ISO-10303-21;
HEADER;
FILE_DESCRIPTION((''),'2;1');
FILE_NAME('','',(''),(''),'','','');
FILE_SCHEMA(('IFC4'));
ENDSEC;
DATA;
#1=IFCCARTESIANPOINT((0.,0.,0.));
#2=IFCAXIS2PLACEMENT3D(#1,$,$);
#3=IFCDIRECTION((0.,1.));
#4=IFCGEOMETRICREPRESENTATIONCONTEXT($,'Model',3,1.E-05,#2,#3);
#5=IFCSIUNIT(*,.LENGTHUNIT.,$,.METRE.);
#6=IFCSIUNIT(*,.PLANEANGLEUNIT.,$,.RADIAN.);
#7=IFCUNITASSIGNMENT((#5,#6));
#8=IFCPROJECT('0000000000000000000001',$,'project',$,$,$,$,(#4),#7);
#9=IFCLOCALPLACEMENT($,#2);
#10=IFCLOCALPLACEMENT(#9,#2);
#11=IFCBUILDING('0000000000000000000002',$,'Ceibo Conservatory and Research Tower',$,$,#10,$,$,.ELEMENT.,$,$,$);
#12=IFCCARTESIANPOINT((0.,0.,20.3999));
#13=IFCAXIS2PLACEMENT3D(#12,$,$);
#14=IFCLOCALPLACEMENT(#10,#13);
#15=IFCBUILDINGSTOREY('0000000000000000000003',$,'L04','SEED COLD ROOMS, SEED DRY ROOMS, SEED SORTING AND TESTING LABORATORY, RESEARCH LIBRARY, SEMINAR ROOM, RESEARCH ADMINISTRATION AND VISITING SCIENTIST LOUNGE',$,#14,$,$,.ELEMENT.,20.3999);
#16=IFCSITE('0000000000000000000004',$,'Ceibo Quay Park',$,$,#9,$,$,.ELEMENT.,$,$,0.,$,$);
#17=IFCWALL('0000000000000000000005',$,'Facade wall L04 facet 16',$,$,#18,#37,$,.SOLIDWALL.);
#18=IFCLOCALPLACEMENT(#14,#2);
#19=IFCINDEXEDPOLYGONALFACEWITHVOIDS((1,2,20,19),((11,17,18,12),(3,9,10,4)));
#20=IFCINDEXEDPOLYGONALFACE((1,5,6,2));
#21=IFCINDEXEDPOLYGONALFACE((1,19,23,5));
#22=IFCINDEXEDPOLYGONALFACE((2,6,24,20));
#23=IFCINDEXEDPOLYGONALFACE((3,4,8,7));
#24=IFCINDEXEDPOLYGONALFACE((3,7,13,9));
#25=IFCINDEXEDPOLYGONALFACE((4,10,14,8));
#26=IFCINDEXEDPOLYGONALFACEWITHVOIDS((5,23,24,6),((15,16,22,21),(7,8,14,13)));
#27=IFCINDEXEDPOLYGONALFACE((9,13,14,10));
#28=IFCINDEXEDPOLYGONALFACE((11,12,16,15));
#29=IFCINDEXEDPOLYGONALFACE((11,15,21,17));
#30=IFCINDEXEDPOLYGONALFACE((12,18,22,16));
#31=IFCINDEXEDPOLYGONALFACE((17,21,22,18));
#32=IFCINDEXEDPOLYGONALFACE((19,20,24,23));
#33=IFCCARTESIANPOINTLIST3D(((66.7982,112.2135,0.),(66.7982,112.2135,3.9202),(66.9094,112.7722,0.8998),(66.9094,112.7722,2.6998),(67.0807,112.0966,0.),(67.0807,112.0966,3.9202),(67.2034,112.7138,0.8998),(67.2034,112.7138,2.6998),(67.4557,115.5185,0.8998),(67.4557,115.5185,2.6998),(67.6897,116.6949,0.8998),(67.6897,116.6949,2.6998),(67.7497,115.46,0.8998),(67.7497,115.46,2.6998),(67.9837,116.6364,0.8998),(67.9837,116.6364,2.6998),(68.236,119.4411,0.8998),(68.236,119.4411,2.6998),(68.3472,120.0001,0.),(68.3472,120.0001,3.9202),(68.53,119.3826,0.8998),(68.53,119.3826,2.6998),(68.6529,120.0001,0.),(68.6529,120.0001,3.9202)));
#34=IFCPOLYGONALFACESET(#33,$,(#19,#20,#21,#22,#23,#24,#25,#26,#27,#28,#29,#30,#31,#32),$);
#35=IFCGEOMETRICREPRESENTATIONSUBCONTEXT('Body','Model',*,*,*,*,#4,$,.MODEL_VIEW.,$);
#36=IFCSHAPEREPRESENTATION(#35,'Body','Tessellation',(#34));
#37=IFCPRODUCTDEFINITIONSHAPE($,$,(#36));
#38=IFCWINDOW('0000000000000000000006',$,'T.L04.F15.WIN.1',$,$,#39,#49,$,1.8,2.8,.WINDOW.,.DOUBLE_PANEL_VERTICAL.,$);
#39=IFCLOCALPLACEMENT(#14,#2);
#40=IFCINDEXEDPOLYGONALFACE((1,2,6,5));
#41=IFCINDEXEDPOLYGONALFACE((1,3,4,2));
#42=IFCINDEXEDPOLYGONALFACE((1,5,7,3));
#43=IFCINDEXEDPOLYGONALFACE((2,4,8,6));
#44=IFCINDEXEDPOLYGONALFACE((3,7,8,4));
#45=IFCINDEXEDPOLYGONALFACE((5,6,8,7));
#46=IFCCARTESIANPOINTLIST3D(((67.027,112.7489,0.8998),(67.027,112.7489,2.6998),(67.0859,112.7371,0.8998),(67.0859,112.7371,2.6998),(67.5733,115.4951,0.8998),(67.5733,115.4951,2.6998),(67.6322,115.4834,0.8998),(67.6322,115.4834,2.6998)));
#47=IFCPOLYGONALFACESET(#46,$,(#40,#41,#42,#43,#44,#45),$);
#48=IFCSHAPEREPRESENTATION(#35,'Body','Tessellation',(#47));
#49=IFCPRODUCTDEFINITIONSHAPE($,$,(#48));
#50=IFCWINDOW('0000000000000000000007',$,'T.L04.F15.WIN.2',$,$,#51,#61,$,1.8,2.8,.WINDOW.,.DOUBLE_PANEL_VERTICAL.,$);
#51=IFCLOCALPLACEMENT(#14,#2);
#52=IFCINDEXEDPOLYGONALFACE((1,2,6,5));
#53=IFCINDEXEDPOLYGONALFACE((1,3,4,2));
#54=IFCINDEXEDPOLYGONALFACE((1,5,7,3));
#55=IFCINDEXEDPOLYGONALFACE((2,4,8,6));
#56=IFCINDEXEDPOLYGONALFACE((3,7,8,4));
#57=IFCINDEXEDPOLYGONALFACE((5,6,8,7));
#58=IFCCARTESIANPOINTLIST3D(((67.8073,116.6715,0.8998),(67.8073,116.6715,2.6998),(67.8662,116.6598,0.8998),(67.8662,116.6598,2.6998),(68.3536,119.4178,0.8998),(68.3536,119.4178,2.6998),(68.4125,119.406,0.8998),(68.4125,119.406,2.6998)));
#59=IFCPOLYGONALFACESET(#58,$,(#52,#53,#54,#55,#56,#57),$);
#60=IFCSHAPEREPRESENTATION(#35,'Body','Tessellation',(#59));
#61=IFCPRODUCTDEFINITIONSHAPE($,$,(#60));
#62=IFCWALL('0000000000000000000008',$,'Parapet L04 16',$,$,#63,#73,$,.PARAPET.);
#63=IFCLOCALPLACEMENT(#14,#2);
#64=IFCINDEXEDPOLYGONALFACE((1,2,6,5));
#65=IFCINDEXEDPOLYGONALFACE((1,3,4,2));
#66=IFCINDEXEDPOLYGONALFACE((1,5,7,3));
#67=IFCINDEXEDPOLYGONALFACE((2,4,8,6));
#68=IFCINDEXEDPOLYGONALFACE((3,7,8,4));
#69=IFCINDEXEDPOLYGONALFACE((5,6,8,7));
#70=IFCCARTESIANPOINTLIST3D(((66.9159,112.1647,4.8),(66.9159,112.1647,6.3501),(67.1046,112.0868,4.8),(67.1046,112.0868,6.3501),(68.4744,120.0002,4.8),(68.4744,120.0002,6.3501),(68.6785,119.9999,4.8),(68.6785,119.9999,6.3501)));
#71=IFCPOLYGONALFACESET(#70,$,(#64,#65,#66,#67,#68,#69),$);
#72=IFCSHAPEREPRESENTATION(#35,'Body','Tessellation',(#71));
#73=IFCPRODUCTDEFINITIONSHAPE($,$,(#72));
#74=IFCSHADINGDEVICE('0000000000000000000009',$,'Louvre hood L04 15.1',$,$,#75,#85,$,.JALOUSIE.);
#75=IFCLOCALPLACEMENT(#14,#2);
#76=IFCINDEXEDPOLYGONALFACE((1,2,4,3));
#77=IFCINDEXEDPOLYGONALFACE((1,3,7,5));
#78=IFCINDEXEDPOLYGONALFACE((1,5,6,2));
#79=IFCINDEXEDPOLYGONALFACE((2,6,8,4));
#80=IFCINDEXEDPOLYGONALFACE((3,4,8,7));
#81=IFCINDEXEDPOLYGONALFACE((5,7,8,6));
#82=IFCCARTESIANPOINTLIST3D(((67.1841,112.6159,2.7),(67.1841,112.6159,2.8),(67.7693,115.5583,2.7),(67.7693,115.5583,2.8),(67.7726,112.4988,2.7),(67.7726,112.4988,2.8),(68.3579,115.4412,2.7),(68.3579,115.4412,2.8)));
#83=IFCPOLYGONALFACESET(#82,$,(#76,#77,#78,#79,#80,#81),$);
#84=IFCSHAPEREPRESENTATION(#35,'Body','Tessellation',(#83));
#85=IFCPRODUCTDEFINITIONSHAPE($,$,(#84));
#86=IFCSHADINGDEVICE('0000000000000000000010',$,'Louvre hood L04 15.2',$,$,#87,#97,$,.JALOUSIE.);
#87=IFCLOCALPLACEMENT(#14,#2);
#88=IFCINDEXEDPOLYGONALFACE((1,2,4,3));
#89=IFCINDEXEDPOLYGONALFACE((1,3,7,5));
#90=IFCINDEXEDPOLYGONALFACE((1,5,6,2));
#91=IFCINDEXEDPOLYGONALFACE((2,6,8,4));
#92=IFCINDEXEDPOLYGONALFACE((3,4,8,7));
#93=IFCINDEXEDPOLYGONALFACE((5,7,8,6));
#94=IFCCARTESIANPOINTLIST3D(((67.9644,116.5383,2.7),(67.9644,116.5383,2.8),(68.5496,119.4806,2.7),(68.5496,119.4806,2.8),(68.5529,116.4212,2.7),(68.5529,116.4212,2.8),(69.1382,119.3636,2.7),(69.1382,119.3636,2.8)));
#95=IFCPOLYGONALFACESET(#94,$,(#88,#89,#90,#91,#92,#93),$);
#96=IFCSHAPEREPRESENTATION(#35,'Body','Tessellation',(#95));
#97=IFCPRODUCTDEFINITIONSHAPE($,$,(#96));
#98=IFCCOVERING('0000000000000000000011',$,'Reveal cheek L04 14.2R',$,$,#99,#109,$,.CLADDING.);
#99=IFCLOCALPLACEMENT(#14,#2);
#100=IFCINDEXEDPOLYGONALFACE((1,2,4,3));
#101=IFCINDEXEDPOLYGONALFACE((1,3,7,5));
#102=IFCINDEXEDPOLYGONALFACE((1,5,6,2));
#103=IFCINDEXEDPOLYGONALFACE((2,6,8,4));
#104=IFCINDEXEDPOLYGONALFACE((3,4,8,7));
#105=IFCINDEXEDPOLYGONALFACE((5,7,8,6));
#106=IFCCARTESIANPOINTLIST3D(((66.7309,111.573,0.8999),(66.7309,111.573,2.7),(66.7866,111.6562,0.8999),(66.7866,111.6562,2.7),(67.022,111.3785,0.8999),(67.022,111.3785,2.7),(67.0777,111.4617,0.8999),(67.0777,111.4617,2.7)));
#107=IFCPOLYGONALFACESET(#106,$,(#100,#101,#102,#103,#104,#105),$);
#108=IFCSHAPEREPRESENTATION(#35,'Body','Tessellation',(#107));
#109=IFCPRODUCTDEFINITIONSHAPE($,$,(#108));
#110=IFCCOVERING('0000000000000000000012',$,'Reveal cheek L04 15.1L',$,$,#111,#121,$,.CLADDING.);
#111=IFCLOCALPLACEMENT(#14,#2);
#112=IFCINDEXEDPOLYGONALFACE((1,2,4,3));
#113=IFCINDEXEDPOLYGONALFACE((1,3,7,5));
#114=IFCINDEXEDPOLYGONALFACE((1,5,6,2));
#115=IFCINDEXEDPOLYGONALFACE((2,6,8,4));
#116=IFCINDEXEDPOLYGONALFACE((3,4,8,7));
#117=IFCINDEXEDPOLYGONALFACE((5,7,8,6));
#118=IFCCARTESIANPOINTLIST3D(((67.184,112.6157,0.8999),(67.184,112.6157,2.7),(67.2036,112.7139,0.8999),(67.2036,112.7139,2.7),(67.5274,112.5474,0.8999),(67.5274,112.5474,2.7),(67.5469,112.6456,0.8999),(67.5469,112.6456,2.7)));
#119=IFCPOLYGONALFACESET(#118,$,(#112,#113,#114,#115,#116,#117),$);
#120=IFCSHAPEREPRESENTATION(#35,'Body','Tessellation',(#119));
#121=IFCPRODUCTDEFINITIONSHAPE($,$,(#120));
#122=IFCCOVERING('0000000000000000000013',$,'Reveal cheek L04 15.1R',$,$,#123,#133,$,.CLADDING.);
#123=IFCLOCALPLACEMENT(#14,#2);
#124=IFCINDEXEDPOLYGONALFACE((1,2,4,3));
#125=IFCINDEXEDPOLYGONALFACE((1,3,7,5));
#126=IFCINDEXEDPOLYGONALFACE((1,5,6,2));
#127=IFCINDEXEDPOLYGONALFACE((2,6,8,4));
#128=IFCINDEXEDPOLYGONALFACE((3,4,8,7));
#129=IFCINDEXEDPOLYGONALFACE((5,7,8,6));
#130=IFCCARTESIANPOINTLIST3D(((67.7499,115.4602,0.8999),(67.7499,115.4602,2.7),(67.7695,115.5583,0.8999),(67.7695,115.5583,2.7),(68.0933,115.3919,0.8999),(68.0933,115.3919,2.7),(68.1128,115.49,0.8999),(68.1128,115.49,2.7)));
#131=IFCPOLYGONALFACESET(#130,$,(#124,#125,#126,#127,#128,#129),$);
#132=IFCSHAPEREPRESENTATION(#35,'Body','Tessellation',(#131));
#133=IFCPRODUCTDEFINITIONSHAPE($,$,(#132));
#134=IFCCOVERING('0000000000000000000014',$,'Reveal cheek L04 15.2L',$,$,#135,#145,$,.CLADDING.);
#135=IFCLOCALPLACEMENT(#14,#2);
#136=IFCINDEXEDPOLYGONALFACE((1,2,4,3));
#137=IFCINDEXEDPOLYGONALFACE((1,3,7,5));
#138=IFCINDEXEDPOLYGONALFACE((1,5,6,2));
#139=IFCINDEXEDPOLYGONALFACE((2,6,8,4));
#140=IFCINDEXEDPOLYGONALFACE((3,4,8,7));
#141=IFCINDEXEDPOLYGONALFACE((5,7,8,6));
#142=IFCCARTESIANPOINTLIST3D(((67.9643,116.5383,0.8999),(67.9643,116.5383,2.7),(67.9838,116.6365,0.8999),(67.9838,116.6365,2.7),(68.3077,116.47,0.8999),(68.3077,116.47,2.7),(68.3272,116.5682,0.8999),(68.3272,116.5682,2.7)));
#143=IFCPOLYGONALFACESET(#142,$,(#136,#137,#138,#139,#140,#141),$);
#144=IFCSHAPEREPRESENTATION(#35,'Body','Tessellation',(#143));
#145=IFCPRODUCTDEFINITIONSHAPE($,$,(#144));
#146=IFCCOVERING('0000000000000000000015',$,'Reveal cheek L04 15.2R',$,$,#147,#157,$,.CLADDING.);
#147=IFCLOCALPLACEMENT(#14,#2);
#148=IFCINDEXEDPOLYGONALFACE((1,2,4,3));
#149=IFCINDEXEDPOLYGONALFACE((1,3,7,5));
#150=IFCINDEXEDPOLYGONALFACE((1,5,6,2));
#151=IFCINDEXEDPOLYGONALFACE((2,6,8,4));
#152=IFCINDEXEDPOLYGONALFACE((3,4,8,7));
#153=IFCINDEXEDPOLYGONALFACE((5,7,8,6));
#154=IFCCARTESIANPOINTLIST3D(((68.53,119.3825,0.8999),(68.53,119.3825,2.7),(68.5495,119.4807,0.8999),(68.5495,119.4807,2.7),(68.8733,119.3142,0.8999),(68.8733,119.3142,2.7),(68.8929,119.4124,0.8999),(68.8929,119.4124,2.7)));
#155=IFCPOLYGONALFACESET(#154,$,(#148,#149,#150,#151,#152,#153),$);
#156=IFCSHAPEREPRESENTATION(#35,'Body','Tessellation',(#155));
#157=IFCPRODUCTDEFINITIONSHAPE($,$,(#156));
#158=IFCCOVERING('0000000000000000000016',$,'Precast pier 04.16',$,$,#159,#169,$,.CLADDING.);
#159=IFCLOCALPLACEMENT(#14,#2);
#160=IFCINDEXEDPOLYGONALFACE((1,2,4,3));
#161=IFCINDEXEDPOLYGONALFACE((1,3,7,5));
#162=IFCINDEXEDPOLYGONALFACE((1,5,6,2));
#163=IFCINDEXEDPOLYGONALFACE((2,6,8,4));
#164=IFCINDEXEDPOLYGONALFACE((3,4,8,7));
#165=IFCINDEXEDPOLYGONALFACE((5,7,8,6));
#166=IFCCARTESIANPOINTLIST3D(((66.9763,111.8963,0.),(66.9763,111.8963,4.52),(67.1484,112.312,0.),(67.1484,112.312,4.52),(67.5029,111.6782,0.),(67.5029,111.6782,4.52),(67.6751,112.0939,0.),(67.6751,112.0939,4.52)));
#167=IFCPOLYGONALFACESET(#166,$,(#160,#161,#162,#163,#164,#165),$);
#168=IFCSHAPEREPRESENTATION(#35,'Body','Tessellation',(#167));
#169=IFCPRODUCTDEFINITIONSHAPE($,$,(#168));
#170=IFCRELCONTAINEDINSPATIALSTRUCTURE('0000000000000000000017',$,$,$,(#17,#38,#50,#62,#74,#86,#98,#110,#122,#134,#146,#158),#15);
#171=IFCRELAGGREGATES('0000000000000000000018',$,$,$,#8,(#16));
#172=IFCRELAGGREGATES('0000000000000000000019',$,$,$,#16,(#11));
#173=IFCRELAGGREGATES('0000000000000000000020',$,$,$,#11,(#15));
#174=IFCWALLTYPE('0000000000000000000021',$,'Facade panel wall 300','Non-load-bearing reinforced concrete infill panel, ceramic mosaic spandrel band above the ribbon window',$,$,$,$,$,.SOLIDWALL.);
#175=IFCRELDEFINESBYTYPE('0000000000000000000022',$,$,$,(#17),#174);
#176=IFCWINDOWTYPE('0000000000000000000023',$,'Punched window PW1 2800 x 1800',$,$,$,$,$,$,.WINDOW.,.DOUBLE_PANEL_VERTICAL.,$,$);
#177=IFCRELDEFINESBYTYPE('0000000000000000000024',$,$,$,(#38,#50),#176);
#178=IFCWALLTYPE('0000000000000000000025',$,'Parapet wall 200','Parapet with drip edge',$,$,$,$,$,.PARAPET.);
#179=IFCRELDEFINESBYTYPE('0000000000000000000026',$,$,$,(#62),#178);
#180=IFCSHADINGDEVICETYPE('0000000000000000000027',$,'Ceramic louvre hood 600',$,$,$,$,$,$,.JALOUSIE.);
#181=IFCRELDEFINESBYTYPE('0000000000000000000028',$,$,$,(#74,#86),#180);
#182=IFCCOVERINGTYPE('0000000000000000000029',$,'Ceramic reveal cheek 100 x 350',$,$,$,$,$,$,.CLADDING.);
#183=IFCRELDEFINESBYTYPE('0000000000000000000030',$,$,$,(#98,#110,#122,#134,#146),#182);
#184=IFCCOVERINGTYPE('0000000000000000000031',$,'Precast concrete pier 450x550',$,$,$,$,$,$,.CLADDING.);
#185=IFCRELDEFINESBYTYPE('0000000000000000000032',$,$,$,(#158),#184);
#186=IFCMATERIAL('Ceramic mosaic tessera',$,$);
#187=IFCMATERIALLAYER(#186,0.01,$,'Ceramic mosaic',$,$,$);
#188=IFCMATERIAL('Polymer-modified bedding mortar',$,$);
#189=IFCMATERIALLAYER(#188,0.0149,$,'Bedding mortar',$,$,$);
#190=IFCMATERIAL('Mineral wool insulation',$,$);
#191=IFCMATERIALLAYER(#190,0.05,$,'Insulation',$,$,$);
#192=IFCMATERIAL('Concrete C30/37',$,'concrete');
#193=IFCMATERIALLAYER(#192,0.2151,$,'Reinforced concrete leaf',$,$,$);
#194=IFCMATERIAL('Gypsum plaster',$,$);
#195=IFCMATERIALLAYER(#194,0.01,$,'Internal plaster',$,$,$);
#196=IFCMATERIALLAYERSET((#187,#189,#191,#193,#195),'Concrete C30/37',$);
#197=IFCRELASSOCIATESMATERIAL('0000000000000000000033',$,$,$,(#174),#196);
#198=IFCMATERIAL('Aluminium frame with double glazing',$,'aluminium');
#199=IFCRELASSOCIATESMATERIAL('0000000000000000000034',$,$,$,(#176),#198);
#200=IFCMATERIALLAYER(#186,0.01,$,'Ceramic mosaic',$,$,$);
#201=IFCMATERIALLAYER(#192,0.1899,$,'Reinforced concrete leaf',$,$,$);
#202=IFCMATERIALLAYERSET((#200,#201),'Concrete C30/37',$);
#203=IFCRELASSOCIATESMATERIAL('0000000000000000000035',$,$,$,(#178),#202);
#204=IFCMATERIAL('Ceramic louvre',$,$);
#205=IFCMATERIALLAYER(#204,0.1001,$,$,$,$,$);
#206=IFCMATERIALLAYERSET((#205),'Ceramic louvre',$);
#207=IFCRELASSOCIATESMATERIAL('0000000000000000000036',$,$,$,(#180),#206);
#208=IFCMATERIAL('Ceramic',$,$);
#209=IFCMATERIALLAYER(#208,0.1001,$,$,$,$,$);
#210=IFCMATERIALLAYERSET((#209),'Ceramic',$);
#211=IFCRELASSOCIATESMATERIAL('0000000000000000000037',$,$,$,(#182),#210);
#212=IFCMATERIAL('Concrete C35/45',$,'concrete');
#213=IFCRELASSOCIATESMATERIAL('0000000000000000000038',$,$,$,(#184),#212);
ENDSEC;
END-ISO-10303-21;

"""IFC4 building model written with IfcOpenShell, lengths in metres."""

from ifc_helpers import new_model, si_unit, direction, frame, frame_2d, origin, origin_2d, place, context, subcontext, project, spatial, polyline, rectangle, outline, extrude, material, layer, layer_set, type_object, element, fill, save


model = new_model("IFC4")

# Units and contexts
model_context = context("Model", 3, precision=1e-05, world=origin(), true_north=direction((0.0, 1.0)))
body_context = subcontext(model_context, "Body", "Model", "MODEL_VIEW")
ifc_project = project(units=[si_unit("LENGTHUNIT", "METRE"), si_unit("PLANEANGLEUNIT", "RADIAN")], contexts=[model_context])

# Site, building, storey
site_placement = place(None, origin())
site = spatial("IfcSite", under=ifc_project, at=site_placement, Name="Ceibo Quay Park", CompositionType="ELEMENT", RefElevation=0.0)
building_placement = place(site_placement, origin())
building = spatial("IfcBuilding", under=site, at=building_placement, Name="Ceibo Conservatory and Research Tower", CompositionType="ELEMENT")
storey_placement = place(building_placement, frame((0.0, 0.0, 20.3999)))
storey = spatial("IfcBuildingStorey", under=building, at=storey_placement, Name="L04", Description="SEED COLD ROOMS, SEED DRY ROOMS, SEED SORTING AND TESTING LABORATORY, RESEARCH LIBRARY, SEMINAR ROOM, RESEARCH ADMINISTRATION AND VISITING SCIENTIST LOUNGE", CompositionType="ELEMENT", Elevation=20.3999)

# Shared definitions
ifc_material_1 = material(Name="Concrete C35/45", Category="concrete")

# Wall, openings, windows
ifc_material_2 = material(Name="Ceramic mosaic tessera")
ifc_layer_1 = layer(ifc_material_2, 0.01, Name="Ceramic mosaic")
ifc_material_3 = material(Name="Polymer-modified bedding mortar")
ifc_layer_2 = layer(ifc_material_3, 0.0149, Name="Bedding mortar")
ifc_material_4 = material(Name="Mineral wool insulation")
ifc_layer_3 = layer(ifc_material_4, 0.05, Name="Insulation")
ifc_material_5 = material(Name="Concrete C30/37", Category="concrete")
ifc_layer_4 = layer(ifc_material_5, 0.2151, Name="Reinforced concrete leaf")
ifc_material_6 = material(Name="Gypsum plaster")
ifc_layer_5 = layer(ifc_material_6, 0.01, Name="Internal plaster")
ifc_layer_set_1 = layer_set([ifc_layer_1, ifc_layer_2, ifc_layer_3, ifc_layer_4, ifc_layer_5], Name="Concrete C30/37")
wall_type_1 = type_object("IfcWallType", Name="Facade panel wall 300", Description="Non-load-bearing reinforced concrete infill panel, ceramic mosaic spandrel band above the ribbon window", PredefinedType="SOLIDWALL", material=ifc_layer_set_1)
ifc_material_7 = material(Name="Aluminium frame with double glazing", Category="aluminium")
window_type = type_object("IfcWindowType", Name="Punched window PW1 2800 x 1800", PartitioningType="DOUBLE_PANEL_VERTICAL", PredefinedType="WINDOW", material=ifc_material_7)
wall_1_placement = place(storey_placement, frame((66.9395, 112.155, 0.0), z_axis=(0.0, 0.0, 1.0), x_axis=(0.195101, 0.980783, 0.0)))
wall_1 = element("IfcWall", 1, at=wall_1_placement, inside=storey, type_object=wall_type_1, Name="Facade wall L04 facet 16", PredefinedType="SOLIDWALL", context=body_context, shape_type="SweptSolid", body=[
    extrude(outline(polyline([(-0.0298, -0.1499), (8.0286, -0.1499), (7.969, 0.1499), (0.0298, 0.1499), (-0.0298, -0.1499)])), origin(), (0.0, 0.0, 1.0), 3.9202),
])
opening_1_placement = place(wall_1_placement, frame((0.5996, 0.0, 0.8999)))
opening_1 = element("IfcOpeningElement", 2, at=opening_1_placement, cuts=wall_1, PredefinedType="OPENING", context=body_context, shape_type="SweptSolid", body=[
    extrude(rectangle(XDim=2.8, YDim=1.8, at=frame_2d((1.3999, 0.8999))), frame((0.0, 0.1599, 0.0), z_axis=(0.0, -1.0, 0.0), x_axis=(1.0, 0.0, 0.0)), (0.0, 0.0, 1.0), 0.3201),
])
opening_2_placement = place(wall_1_placement, frame((4.5991, 0.0, 0.8999)))
opening_2 = element("IfcOpeningElement", 3, at=opening_2_placement, cuts=wall_1, PredefinedType="OPENING", context=body_context, shape_type="SweptSolid", body=[
    extrude(rectangle(XDim=2.8, YDim=1.8, at=frame_2d((1.3999, 0.8999))), frame((0.0, 0.1599, 0.0), z_axis=(0.0, -1.0, 0.0), x_axis=(1.0, 0.0, 0.0)), (0.0, 0.0, 1.0), 0.3201),
])
window_1_placement = place(opening_1_placement, origin())
window_1 = element("IfcWindow", 4, at=window_1_placement, inside=storey, type_object=window_type, Name="T.L04.F15.WIN.1", OverallHeight=1.8, OverallWidth=2.8, PartitioningType="DOUBLE_PANEL_VERTICAL", PredefinedType="WINDOW", context=body_context, shape_type="SweptSolid", body=[
    extrude(rectangle(XDim=2.8, YDim=1.8, at=frame_2d((1.3999, 0.8999))), frame((0.0, 0.03, 0.0), z_axis=(0.0, -1.0, 0.0), x_axis=(1.0, 0.0, 0.0)), (0.0, 0.0, 1.0), 0.0601),
])
fill(opening_1, window_1)
window_2_placement = place(opening_2_placement, origin())
window_2 = element("IfcWindow", 5, at=window_2_placement, inside=storey, type_object=window_type, Name="T.L04.F15.WIN.2", OverallHeight=1.8, OverallWidth=2.8, PartitioningType="DOUBLE_PANEL_VERTICAL", PredefinedType="WINDOW", context=body_context, shape_type="SweptSolid", body=[
    extrude(rectangle(XDim=2.8, YDim=1.8, at=frame_2d((1.3999, 0.8999))), frame((0.0, 0.03, 0.0), z_axis=(0.0, -1.0, 0.0), x_axis=(1.0, 0.0, 0.0)), (0.0, 0.0, 1.0), 0.0601),
])
fill(opening_2, window_2)

# Wall
ifc_layer_6 = layer(ifc_material_2, 0.01, Name="Ceramic mosaic")
ifc_layer_7 = layer(ifc_material_5, 0.1899, Name="Reinforced concrete leaf")
ifc_layer_set_2 = layer_set([ifc_layer_6, ifc_layer_7], Name="Concrete C30/37")
wall_type_2 = type_object("IfcWallType", Name="Parapet wall 200", Description="Parapet with drip edge", PredefinedType="PARAPET", material=ifc_layer_set_2)
wall_2_placement = place(storey_placement, frame((67.0103, 112.1257, 4.8), z_axis=(0.0, 0.0, 1.0), x_axis=(0.195075, 0.980788, 0.0)))
element("IfcWall", 6, at=wall_2_placement, inside=storey, type_object=wall_type_2, Name="Parapet L04 16", PredefinedType="PARAPET", context=body_context, shape_type="SweptSolid", body=[
    extrude(outline(polyline([(-0.0198, -0.1001), (8.0483, -0.1001), (8.0088, 0.1001), (0.0198, 0.1001), (-0.0198, -0.1001)])), origin(), (0.0, 0.0, 1.0), 1.55),
])

# Shading devices
ifc_material_8 = material(Name="Ceramic louvre")
ifc_layer_8 = layer(ifc_material_8, 0.1001)
ifc_layer_set_3 = layer_set([ifc_layer_8], Name="Ceramic louvre")
shading_device_type = type_object("IfcShadingDeviceType", Name="Ceramic louvre hood 600", PredefinedType="JALOUSIE", material=ifc_layer_set_3)
for number, where, z_axis, x_axis, name in (
    (7, (67.771, 114.0286, 2.7), (0.0, 0.0, 1.0), (0.19509, 0.980785, 0.0), "Louvre hood L04 15.1"),
    (8, (68.5513, 117.9509, 2.7), (0.0, 0.0, 1.0), (0.19509, 0.980785, 0.0), "Louvre hood L04 15.2"),
):
    element("IfcShadingDevice", number, at=place(storey_placement, frame(where, z_axis=z_axis, x_axis=x_axis)), inside=storey, type_object=shading_device_type, Name=name, PredefinedType="JALOUSIE", context=body_context, shape_type="SweptSolid", body=[
        extrude(rectangle(XDim=3.0, YDim=0.6001, at=origin_2d()), origin(), (0.0, 0.0, 1.0), 0.1001),
    ])

# Coverings
ifc_material_9 = material(Name="Ceramic")
ifc_layer_9 = layer(ifc_material_9, 0.1001)
ifc_layer_set_4 = layer_set([ifc_layer_9], Name="Ceramic")
covering_type_1 = type_object("IfcCoveringType", Name="Ceramic reveal cheek 100 x 350", PredefinedType="CLADDING", material=ifc_layer_set_4)
for number, where, z_axis, x_axis, name in (
    (9, (66.9043, 111.5173, 0.8999), (0.0, 0.0, 1.0), (0.55557, 0.83147, 0.0), "Reveal cheek L04 14.2R"),
    (10, (67.3655, 112.6306, 0.8999), (0.0, 0.0, 1.0), (0.19509, 0.980785, 0.0), "Reveal cheek L04 15.1L"),
    (11, (67.9314, 115.4751, 0.8999), (0.0, 0.0, 1.0), (0.19509, 0.980785, 0.0), "Reveal cheek L04 15.1R"),
    (12, (68.1458, 116.5532, 0.8999), (0.0, 0.0, 1.0), (0.19509, 0.980785, 0.0), "Reveal cheek L04 15.2L"),
    (13, (68.7114, 119.3975, 0.8999), (0.0, 0.0, 1.0), (0.19509, 0.980785, 0.0), "Reveal cheek L04 15.2R"),
):
    element("IfcCovering", number, at=place(storey_placement, frame(where, z_axis=z_axis, x_axis=x_axis)), inside=storey, type_object=covering_type_1, Name=name, PredefinedType="CLADDING", context=body_context, shape_type="SweptSolid", body=[
        extrude(rectangle(XDim=0.1001, YDim=0.3501, at=origin_2d()), origin(), (0.0, 0.0, 1.0), 1.8),
    ])
covering_type_2 = type_object("IfcCoveringType", Name="Precast concrete pier 450x550", PredefinedType="CLADDING", material=ifc_material_1)
covering_placement = place(storey_placement, frame((67.3257, 111.9951, 0.0), z_axis=(0.0, 0.0, 1.0), x_axis=(0.92388, -0.382683, 0.0)))
element("IfcCovering", 14, at=covering_placement, inside=storey, type_object=covering_type_2, Name="Precast pier 04.16", PredefinedType="CLADDING", context=body_context, shape_type="SweptSolid", body=[
    extrude(rectangle(XDim=0.5701, YDim=0.45, at=origin_2d()), origin(), (0.0, 0.0, 1.0), 4.52),
])

save(model, "model.ifc")
